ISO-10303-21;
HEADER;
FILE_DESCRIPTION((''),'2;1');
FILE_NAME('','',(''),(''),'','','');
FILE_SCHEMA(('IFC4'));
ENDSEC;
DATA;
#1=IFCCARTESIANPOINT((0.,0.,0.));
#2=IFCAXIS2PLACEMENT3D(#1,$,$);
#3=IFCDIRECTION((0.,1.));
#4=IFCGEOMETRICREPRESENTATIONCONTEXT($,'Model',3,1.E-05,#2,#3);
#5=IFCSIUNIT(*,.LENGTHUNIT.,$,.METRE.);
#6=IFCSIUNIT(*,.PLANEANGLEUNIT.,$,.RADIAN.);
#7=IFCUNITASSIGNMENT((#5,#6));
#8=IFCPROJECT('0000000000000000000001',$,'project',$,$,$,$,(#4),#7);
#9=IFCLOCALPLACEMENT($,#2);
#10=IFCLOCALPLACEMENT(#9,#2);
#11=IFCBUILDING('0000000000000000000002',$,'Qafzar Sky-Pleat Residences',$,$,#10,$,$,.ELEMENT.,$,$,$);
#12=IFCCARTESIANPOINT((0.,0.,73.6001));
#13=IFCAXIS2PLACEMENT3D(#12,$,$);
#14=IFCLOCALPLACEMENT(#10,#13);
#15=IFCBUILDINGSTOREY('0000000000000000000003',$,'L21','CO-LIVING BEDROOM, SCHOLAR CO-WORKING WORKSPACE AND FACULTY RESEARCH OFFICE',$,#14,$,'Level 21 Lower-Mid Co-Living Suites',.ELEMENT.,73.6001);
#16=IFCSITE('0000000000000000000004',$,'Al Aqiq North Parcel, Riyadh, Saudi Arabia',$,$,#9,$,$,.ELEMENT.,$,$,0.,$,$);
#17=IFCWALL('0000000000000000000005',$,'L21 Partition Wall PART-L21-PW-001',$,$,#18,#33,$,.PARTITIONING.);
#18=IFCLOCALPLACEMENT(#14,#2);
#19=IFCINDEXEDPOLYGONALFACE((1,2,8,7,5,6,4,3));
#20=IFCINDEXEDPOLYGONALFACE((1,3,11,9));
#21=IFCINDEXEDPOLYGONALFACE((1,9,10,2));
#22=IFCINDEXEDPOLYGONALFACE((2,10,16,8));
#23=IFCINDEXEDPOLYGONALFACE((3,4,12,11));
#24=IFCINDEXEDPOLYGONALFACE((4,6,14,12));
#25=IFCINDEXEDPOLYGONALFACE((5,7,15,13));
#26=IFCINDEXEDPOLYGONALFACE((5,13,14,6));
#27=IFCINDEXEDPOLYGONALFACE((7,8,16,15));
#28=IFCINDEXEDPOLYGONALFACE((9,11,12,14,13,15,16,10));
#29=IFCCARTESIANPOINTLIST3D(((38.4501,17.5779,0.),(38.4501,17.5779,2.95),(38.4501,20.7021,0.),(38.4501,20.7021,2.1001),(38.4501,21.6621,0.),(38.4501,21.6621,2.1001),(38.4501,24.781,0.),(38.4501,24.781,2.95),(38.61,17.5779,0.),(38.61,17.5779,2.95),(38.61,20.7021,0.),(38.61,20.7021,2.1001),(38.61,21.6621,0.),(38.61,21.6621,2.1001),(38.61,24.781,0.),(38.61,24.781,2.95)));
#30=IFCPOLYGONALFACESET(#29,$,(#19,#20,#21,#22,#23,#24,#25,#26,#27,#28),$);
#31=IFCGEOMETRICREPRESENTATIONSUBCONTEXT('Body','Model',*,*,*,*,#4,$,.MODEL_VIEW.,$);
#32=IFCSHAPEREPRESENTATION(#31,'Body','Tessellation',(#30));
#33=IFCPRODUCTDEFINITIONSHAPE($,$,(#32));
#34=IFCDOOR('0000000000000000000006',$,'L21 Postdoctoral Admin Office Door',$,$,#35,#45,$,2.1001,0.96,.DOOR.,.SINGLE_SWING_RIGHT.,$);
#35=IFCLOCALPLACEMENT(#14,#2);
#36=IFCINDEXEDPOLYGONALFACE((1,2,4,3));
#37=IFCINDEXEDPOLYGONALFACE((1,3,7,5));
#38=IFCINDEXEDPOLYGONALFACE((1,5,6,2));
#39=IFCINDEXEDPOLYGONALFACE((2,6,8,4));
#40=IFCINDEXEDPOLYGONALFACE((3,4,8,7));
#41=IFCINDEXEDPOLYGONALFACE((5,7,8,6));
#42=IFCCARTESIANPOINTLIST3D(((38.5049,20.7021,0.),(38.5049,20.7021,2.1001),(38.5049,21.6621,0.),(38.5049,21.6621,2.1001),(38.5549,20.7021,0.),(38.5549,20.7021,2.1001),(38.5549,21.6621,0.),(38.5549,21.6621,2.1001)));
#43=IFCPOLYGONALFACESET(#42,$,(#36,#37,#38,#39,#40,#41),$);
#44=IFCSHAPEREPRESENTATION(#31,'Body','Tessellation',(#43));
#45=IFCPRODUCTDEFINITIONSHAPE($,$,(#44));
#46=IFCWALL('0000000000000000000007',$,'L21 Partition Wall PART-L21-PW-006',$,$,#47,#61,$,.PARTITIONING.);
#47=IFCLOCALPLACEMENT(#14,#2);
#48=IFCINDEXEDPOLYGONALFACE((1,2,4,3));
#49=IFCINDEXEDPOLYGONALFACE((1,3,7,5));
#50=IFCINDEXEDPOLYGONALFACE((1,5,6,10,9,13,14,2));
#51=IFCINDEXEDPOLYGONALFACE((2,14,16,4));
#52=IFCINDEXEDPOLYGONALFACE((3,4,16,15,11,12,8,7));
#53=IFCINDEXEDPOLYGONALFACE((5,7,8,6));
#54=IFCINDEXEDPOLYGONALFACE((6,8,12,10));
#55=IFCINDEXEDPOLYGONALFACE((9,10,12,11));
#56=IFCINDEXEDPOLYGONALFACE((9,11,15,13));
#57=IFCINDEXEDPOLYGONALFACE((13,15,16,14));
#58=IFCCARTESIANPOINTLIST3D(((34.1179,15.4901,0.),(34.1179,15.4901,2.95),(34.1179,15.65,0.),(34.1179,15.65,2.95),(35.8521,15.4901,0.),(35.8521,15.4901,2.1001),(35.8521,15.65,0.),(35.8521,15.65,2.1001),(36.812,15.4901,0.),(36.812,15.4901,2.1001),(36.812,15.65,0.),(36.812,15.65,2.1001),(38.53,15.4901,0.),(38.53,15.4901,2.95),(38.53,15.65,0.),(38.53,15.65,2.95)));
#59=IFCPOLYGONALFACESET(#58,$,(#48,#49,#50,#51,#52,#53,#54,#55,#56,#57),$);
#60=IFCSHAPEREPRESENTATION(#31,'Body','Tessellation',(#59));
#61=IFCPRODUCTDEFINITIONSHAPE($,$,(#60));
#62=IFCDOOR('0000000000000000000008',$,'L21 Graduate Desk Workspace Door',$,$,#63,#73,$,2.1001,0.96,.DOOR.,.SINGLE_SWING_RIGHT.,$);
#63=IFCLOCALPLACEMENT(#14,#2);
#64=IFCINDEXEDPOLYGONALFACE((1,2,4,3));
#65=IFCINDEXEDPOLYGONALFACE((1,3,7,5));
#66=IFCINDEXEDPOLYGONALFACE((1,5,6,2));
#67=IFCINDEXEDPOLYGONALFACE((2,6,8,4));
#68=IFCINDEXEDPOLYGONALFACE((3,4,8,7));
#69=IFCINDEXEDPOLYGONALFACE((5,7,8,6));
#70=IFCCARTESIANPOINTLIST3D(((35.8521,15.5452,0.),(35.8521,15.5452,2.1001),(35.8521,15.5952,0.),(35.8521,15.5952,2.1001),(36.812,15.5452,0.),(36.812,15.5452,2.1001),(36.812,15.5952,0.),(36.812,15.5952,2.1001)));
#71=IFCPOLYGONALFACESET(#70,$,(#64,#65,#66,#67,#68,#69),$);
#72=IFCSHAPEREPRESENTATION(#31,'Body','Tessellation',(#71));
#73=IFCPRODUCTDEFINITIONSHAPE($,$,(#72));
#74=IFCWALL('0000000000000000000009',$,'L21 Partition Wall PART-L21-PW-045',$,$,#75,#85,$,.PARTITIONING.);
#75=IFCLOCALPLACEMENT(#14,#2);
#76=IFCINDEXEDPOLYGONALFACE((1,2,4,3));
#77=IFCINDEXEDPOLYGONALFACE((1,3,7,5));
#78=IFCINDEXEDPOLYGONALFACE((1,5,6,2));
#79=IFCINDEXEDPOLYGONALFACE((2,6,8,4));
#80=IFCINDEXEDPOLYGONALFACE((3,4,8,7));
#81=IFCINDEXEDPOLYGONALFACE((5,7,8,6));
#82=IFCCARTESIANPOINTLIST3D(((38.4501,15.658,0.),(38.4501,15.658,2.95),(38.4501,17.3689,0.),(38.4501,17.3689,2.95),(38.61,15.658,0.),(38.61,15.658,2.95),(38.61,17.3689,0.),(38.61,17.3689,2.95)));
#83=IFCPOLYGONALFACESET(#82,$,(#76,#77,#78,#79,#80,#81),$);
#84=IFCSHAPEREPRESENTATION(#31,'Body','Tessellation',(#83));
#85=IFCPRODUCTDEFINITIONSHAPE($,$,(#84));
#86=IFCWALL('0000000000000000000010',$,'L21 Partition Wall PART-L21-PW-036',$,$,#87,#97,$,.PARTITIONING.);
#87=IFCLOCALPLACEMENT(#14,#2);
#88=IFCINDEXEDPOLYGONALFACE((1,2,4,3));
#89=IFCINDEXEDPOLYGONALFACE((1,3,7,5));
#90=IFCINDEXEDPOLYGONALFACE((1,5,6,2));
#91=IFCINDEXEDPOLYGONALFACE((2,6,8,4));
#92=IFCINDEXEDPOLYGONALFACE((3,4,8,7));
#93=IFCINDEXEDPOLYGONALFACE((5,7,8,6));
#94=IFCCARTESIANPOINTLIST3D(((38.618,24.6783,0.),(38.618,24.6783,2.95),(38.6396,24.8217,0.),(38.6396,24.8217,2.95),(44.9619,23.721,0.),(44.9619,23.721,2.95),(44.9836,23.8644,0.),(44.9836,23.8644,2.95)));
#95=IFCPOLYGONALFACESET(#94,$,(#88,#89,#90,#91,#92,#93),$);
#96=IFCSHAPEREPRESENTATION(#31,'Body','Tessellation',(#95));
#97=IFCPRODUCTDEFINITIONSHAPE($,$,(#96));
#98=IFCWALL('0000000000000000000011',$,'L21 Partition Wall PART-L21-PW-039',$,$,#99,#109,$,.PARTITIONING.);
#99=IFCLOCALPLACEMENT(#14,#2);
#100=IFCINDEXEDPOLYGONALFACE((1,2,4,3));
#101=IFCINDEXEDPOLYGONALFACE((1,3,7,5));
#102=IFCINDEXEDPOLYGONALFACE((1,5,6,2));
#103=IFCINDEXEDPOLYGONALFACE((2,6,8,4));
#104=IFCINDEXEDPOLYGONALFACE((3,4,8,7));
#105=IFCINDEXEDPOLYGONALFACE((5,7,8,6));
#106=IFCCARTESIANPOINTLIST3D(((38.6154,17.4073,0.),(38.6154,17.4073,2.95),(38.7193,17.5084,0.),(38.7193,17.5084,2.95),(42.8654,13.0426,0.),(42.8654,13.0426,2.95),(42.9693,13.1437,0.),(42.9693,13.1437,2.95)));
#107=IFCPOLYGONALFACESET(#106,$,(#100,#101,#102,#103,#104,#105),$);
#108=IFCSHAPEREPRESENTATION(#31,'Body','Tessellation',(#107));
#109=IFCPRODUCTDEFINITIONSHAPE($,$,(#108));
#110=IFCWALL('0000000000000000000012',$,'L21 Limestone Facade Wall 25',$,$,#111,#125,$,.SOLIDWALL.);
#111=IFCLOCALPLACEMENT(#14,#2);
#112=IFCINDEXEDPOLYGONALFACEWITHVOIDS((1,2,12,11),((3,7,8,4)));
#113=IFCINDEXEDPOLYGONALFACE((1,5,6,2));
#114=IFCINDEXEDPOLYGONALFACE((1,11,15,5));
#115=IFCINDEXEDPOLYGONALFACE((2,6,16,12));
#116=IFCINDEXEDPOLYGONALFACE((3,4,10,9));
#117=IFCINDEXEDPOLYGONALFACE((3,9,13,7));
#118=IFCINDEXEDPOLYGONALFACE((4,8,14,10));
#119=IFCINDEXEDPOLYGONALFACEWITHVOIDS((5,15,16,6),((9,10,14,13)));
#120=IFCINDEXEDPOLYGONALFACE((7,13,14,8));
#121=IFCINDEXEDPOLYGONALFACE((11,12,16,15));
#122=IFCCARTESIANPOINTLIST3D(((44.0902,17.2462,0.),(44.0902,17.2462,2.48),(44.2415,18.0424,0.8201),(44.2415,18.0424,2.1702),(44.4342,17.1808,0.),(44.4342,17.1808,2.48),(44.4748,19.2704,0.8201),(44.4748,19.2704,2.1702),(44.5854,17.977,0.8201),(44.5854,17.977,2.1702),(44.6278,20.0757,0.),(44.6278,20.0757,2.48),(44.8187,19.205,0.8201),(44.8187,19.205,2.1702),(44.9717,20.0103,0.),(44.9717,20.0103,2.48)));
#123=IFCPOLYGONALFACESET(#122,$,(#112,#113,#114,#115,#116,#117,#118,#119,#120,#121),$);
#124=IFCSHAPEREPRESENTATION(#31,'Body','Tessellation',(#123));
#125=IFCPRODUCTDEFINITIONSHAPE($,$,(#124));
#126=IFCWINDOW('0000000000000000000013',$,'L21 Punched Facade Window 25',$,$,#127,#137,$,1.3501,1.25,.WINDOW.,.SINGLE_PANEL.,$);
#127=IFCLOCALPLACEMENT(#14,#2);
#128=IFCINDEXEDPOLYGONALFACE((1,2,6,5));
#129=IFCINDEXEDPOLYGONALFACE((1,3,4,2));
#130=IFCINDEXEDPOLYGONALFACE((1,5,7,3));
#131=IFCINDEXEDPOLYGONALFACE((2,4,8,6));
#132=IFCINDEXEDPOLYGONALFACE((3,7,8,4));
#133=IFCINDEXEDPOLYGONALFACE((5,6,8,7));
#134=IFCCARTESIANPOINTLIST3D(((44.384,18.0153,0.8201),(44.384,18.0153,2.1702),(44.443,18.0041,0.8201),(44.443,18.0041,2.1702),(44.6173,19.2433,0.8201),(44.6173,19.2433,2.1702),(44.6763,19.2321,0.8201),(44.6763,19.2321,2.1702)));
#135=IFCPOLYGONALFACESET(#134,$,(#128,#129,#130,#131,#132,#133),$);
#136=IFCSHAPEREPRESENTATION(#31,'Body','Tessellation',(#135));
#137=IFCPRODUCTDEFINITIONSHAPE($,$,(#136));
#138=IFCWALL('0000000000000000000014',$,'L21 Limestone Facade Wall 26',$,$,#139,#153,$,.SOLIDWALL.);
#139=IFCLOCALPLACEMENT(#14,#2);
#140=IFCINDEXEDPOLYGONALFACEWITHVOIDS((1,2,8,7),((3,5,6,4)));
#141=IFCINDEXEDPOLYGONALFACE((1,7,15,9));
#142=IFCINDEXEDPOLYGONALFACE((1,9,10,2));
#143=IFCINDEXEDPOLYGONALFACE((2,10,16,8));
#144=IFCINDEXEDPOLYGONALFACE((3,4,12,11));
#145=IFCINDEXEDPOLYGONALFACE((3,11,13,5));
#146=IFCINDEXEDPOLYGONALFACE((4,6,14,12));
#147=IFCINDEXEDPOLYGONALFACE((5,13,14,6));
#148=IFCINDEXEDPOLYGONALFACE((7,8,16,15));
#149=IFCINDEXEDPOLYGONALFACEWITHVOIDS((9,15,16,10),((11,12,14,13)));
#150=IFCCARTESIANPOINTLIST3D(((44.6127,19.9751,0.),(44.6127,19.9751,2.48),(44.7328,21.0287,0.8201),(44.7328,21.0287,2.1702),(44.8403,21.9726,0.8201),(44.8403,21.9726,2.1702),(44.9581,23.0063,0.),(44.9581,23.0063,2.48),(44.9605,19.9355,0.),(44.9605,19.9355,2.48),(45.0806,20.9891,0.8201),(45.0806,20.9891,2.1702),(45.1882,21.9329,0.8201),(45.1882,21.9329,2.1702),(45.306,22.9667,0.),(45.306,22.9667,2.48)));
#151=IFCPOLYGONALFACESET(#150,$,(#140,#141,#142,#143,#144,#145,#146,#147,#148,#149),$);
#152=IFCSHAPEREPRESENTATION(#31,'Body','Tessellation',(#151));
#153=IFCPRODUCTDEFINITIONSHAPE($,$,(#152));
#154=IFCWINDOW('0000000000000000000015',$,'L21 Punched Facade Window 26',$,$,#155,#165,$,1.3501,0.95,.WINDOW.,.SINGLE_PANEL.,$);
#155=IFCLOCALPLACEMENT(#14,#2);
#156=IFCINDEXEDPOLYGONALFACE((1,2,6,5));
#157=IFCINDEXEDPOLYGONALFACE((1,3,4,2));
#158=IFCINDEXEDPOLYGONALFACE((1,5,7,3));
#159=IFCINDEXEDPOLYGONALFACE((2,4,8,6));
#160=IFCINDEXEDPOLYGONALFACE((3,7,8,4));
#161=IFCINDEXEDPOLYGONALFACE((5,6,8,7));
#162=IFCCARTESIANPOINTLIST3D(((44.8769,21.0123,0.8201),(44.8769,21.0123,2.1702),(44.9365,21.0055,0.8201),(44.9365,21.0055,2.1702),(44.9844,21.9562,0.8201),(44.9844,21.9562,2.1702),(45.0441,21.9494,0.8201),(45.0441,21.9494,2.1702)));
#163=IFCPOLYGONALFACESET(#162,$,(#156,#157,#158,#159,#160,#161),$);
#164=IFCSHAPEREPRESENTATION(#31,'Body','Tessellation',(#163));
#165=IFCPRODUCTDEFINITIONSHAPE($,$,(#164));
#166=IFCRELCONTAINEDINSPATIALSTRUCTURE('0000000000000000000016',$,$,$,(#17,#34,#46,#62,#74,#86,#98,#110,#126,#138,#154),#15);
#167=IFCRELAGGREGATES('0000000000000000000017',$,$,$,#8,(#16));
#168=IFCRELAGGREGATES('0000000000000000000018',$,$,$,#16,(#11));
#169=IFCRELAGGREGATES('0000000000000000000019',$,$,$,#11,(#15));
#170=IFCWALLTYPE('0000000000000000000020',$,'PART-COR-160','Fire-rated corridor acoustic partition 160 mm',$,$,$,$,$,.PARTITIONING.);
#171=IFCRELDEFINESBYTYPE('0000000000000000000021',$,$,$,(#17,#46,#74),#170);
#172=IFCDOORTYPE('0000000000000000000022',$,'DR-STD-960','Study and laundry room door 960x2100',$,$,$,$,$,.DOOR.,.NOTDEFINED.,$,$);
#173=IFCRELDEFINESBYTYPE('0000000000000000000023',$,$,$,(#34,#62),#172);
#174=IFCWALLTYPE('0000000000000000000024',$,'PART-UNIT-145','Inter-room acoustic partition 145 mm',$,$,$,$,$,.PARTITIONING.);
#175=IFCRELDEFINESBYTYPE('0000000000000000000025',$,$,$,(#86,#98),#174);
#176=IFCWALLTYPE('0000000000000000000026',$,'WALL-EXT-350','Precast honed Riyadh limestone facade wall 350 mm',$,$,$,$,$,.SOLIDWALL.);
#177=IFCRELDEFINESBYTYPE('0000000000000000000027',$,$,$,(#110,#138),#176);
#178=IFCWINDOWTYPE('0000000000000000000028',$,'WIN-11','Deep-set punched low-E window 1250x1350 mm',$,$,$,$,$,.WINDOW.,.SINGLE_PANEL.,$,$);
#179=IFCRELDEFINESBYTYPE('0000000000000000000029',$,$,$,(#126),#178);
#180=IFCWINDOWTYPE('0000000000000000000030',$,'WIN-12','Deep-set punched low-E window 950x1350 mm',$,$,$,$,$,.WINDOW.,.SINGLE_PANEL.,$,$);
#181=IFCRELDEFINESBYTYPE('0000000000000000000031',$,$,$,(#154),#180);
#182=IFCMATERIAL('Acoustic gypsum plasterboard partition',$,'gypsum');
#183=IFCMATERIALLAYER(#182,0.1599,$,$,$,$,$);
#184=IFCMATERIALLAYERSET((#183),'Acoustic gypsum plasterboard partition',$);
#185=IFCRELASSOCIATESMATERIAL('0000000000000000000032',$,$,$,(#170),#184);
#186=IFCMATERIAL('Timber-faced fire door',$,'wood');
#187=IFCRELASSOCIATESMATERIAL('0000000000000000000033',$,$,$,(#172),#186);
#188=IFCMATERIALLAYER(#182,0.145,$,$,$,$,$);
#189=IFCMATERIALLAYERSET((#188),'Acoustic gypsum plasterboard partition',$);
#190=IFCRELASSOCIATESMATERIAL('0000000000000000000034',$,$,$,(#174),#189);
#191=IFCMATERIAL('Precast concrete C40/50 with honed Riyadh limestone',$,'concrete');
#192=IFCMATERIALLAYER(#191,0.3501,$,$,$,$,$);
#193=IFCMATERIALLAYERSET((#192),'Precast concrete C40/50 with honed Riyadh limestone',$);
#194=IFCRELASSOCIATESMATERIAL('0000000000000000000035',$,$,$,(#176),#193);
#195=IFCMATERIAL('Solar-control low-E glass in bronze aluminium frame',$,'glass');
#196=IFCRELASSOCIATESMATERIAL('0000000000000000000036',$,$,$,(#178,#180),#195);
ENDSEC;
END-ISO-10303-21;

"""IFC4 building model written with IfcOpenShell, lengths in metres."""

from ifc_helpers import new_model, si_unit, direction, frame, frame_2d, origin, place, context, subcontext, project, spatial, rectangle, extrude, source, transform, mapped, material, layer, layer_set, type_object, element, fill, save


model = new_model("IFC4")

# Units and contexts
model_context = context("Model", 3, precision=1e-05, world=origin(), true_north=direction((0.0, 1.0)))
body_context = subcontext(model_context, "Body", "Model", "MODEL_VIEW")
ifc_project = project(units=[si_unit("LENGTHUNIT", "METRE"), si_unit("PLANEANGLEUNIT", "RADIAN")], contexts=[model_context])

# Site, building, storey
site_placement = place(None, origin())
site = spatial("IfcSite", under=ifc_project, at=site_placement, Name="Al Aqiq North Parcel, Riyadh, Saudi Arabia", CompositionType="ELEMENT", RefElevation=0.0)
building_placement = place(site_placement, origin())
building = spatial("IfcBuilding", under=site, at=building_placement, Name="Qafzar Sky-Pleat Residences", CompositionType="ELEMENT")
storey_placement = place(building_placement, frame((0.0, 0.0, 73.6001)))
storey = spatial("IfcBuildingStorey", under=building, at=storey_placement, Name="L21", Description="CO-LIVING BEDROOM, SCHOLAR CO-WORKING WORKSPACE AND FACULTY RESEARCH OFFICE", LongName="Level 21 Lower-Mid Co-Living Suites", CompositionType="ELEMENT", Elevation=73.6001)

# Walls, openings, doors
ifc_material_1 = material(Name="Acoustic gypsum plasterboard partition", Category="gypsum")
ifc_layer_1 = layer(ifc_material_1, 0.1599)
ifc_layer_set_1 = layer_set([ifc_layer_1], Name="Acoustic gypsum plasterboard partition")
wall_type_1 = type_object("IfcWallType", Name="PART-COR-160", Description="Fire-rated corridor acoustic partition 160 mm", PredefinedType="PARTITIONING", material=ifc_layer_set_1)
wall_1_placement = place(storey_placement, frame((38.53, 24.781, 0.0), z_axis=(0.0, 0.0, 1.0), x_axis=(0.0, -1.0, 0.0)))
wall_1 = element("IfcWall", 1, at=wall_1_placement, inside=storey, type_object=wall_type_1, Name="L21 Partition Wall PART-L21-PW-001", PredefinedType="PARTITIONING", context=body_context, shape_type="SweptSolid", body=[
    extrude(rectangle(XDim=7.2031, YDim=0.1599, at=frame_2d((3.6016, 0.0))), origin(), (0.0, 0.0, 1.0), 2.95),
])
opening_1_placement = place(wall_1_placement, frame((3.1189, 0.0, 0.0)))
opening_1 = element("IfcOpeningElement", 2, at=opening_1_placement, cuts=wall_1, PredefinedType="OPENING", context=body_context, shape_type="SweptSolid", body=[
    extrude(rectangle(XDim=0.96, YDim=2.1001, at=frame_2d((0.48, 1.05))), frame((0.0, 0.0898, 0.0), z_axis=(0.0, -1.0, 0.0), x_axis=(1.0, 0.0, 0.0)), (0.0, 0.0, 1.0), 0.1799),
])
ifc_material_2 = material(Name="Timber-faced fire door", Category="wood")
door_type_1 = type_object("IfcDoorType", Name="DR-STD-960", Description="Study and laundry room door 960x2100", OperationType="NOTDEFINED", PredefinedType="DOOR", material=ifc_material_2)
shared_shape_1 = source(origin(), body_context, "Body", "SweptSolid", [
    extrude(rectangle(XDim=0.96, YDim=2.1001, at=frame_2d((0.48, 1.05))), frame((0.0, 0.0249, 0.0), z_axis=(0.0, -1.0, 0.0), x_axis=(1.0, 0.0, 0.0)), (0.0, 0.0, 1.0), 0.05),
])
door_1_placement = place(opening_1_placement, origin())
door_1 = element("IfcDoor", 3, at=door_1_placement, inside=storey, type_object=door_type_1, Name="L21 Postdoctoral Admin Office Door", OperationType="SINGLE_SWING_RIGHT", OverallHeight=2.1001, OverallWidth=0.96, PredefinedType="DOOR", context=body_context, shape_type="MappedRepresentation", body=[
    mapped(shared_shape_1, transform((0.0, 0.0, 0.0), x_axis=(1.0, 0.0, 0.0), y_axis=(0.0, 1.0, 0.0), z_axis=(0.0, 0.0, 1.0), scale=1.0)),
])
fill(opening_1, door_1)
wall_2_placement = place(storey_placement, frame((38.53, 15.5701, 0.0), z_axis=(0.0, 0.0, 1.0), x_axis=(-1.0, 0.0, 0.0)))
wall_2 = element("IfcWall", 4, at=wall_2_placement, inside=storey, type_object=wall_type_1, Name="L21 Partition Wall PART-L21-PW-006", PredefinedType="PARTITIONING", context=body_context, shape_type="SweptSolid", body=[
    extrude(rectangle(XDim=4.4121, YDim=0.1599, at=frame_2d((2.2061, 0.0))), origin(), (0.0, 0.0, 1.0), 2.95),
])
opening_2_placement = place(wall_2_placement, frame((1.718, 0.0, 0.0)))
opening_2 = element("IfcOpeningElement", 5, at=opening_2_placement, cuts=wall_2, PredefinedType="OPENING", context=body_context, shape_type="SweptSolid", body=[
    extrude(rectangle(XDim=0.96, YDim=2.1001, at=frame_2d((0.48, 1.05))), frame((0.0, 0.0898, 0.0), z_axis=(0.0, -1.0, 0.0), x_axis=(1.0, 0.0, 0.0)), (0.0, 0.0, 1.0), 0.1799),
])
door_2_placement = place(opening_2_placement, origin())
door_2 = element("IfcDoor", 6, at=door_2_placement, inside=storey, type_object=door_type_1, Name="L21 Graduate Desk Workspace Door", OperationType="SINGLE_SWING_RIGHT", OverallHeight=2.1001, OverallWidth=0.96, PredefinedType="DOOR", context=body_context, shape_type="MappedRepresentation", body=[
    mapped(shared_shape_1, transform((0.0, 0.0, 0.0), x_axis=(1.0, 0.0, 0.0), y_axis=(0.0, 1.0, 0.0), z_axis=(0.0, 0.0, 1.0), scale=1.0)),
])
fill(opening_2, door_2)

# Walls
wall_3_placement = place(storey_placement, frame((38.53, 15.658, 0.0), z_axis=(0.0, 0.0, 1.0), x_axis=(0.0, 1.0, 0.0)))
element("IfcWall", 7, at=wall_3_placement, inside=storey, type_object=wall_type_1, Name="L21 Partition Wall PART-L21-PW-045", PredefinedType="PARTITIONING", context=body_context, shape_type="SweptSolid", body=[
    extrude(rectangle(XDim=1.7109, YDim=0.1599, at=frame_2d((0.8555, 0.0))), origin(), (0.0, 0.0, 1.0), 2.95),
])
ifc_layer_2 = layer(ifc_material_1, 0.145)
ifc_layer_set_2 = layer_set([ifc_layer_2], Name="Acoustic gypsum plasterboard partition")
wall_type_2 = type_object("IfcWallType", Name="PART-UNIT-145", Description="Inter-room acoustic partition 145 mm", PredefinedType="PARTITIONING", material=ifc_layer_set_2)
wall_4_placement = place(storey_placement, frame((38.6287, 24.75, 0.0), z_axis=(0.0, 0.0, 1.0), x_axis=(0.988806, -0.149206, 0.0)))
element("IfcWall", 8, at=wall_4_placement, inside=storey, type_object=wall_type_2, Name="L21 Partition Wall PART-L21-PW-036", PredefinedType="PARTITIONING", context=body_context, shape_type="SweptSolid", body=[
    extrude(rectangle(XDim=6.4158, YDim=0.145, at=frame_2d((3.208, 0.0))), origin(), (0.0, 0.0, 1.0), 2.95),
])
wall_5_placement = place(storey_placement, frame((38.6675, 17.4578, 0.0), z_axis=(0.0, 0.0, 1.0), x_axis=(0.697626, -0.716462, 0.0)))
element("IfcWall", 9, at=wall_5_placement, inside=storey, type_object=wall_type_2, Name="L21 Partition Wall PART-L21-PW-039", PredefinedType="PARTITIONING", context=body_context, shape_type="SweptSolid", body=[
    extrude(rectangle(XDim=6.092, YDim=0.145, at=frame_2d((3.0459, 0.0))), origin(), (0.0, 0.0, 1.0), 2.95),
])

# Walls, openings, windows
ifc_material_3 = material(Name="Precast concrete C40/50 with honed Riyadh limestone", Category="concrete")
ifc_layer_3 = layer(ifc_material_3, 0.3501)
ifc_layer_set_3 = layer_set([ifc_layer_3], Name="Precast concrete C40/50 with honed Riyadh limestone")
wall_type_3 = type_object("IfcWallType", Name="WALL-EXT-350", Description="Precast honed Riyadh limestone facade wall 350 mm", PredefinedType="SOLIDWALL", material=ifc_layer_set_3)
wall_6_placement = place(storey_placement, frame((44.2622, 17.2136, 0.0), z_axis=(0.0, 0.0, 1.0), x_axis=(0.186652, 0.982426, 0.0)))
wall_6 = element("IfcWall", 10, at=wall_6_placement, inside=storey, type_object=wall_type_3, Name="L21 Limestone Facade Wall 25", PredefinedType="SOLIDWALL", context=body_context, shape_type="SweptSolid", body=[
    extrude(rectangle(XDim=2.8801, YDim=0.3501, at=frame_2d((1.4399, 0.0))), origin(), (0.0, 0.0, 1.0), 2.48),
])
opening_3_placement = place(wall_6_placement, frame((0.8103, 0.0, 0.8201)))
opening_3 = element("IfcOpeningElement", 11, at=opening_3_placement, cuts=wall_6, PredefinedType="OPENING", context=body_context, shape_type="SweptSolid", body=[
    extrude(rectangle(XDim=1.25, YDim=1.3501, at=frame_2d((0.625, 0.675))), frame((0.0, 0.1851, 0.0), z_axis=(0.0, -1.0, 0.0), x_axis=(1.0, 0.0, 0.0)), (0.0, 0.0, 1.0), 0.3701),
])
ifc_material_4 = material(Name="Solar-control low-E glass in bronze aluminium frame", Category="glass")
window_type_1 = type_object("IfcWindowType", Name="WIN-11", Description="Deep-set punched low-E window 1250x1350 mm", PartitioningType="SINGLE_PANEL", PredefinedType="WINDOW", material=ifc_material_4)
shared_shape_2 = source(origin(), body_context, "Body", "SweptSolid", [
    extrude(rectangle(XDim=1.25, YDim=1.3501, at=frame_2d((0.625, 0.675))), frame((0.0, 0.03, 0.0), z_axis=(0.0, -1.0, 0.0), x_axis=(1.0, 0.0, 0.0)), (0.0, 0.0, 1.0), 0.0601),
])
window_1_placement = place(opening_3_placement, origin())
window_1 = element("IfcWindow", 12, at=window_1_placement, inside=storey, type_object=window_type_1, Name="L21 Punched Facade Window 25", OverallHeight=1.3501, OverallWidth=1.25, PartitioningType="SINGLE_PANEL", PredefinedType="WINDOW", context=body_context, shape_type="MappedRepresentation", body=[
    mapped(shared_shape_2, transform((0.0, 0.0, 0.0), x_axis=(1.0, 0.0, 0.0), y_axis=(0.0, 1.0, 0.0), z_axis=(0.0, 0.0, 1.0), scale=1.0)),
])
fill(opening_3, window_1)
wall_7_placement = place(storey_placement, frame((44.7866, 19.9553, 0.0), z_axis=(0.0, 0.0, 1.0), x_axis=(0.113233, 0.993568, 0.0)))
wall_7 = element("IfcWall", 13, at=wall_7_placement, inside=storey, type_object=wall_type_3, Name="L21 Limestone Facade Wall 26", PredefinedType="SOLIDWALL", context=body_context, shape_type="SweptSolid", body=[
    extrude(rectangle(XDim=3.0508, YDim=0.3501, at=frame_2d((1.5254, 0.0))), origin(), (0.0, 0.0, 1.0), 2.48),
])
opening_4_placement = place(wall_7_placement, frame((1.0603, 0.0, 0.8201)))
opening_4 = element("IfcOpeningElement", 14, at=opening_4_placement, cuts=wall_7, PredefinedType="OPENING", context=body_context, shape_type="SweptSolid", body=[
    extrude(rectangle(XDim=0.95, YDim=1.3501, at=frame_2d((0.4751, 0.675))), frame((0.0, 0.1851, 0.0), z_axis=(0.0, -1.0, 0.0), x_axis=(1.0, 0.0, 0.0)), (0.0, 0.0, 1.0), 0.3701),
])
window_type_2 = type_object("IfcWindowType", Name="WIN-12", Description="Deep-set punched low-E window 950x1350 mm", PartitioningType="SINGLE_PANEL", PredefinedType="WINDOW", material=ifc_material_4)
shared_shape_3 = source(origin(), body_context, "Body", "SweptSolid", [
    extrude(rectangle(XDim=0.95, YDim=1.3501, at=frame_2d((0.4751, 0.675))), frame((0.0, 0.03, 0.0), z_axis=(0.0, -1.0, 0.0), x_axis=(1.0, 0.0, 0.0)), (0.0, 0.0, 1.0), 0.0601),
])
window_2_placement = place(opening_4_placement, origin())
window_2 = element("IfcWindow", 15, at=window_2_placement, inside=storey, type_object=window_type_2, Name="L21 Punched Facade Window 26", OverallHeight=1.3501, OverallWidth=0.95, PartitioningType="SINGLE_PANEL", PredefinedType="WINDOW", context=body_context, shape_type="MappedRepresentation", body=[
    mapped(shared_shape_3, transform((0.0, 0.0, 0.0), x_axis=(1.0, 0.0, 0.0), y_axis=(0.0, 1.0, 0.0), z_axis=(0.0, 0.0, 1.0), scale=1.0)),
])
fill(opening_4, window_2)

save(model, "model.ifc")
